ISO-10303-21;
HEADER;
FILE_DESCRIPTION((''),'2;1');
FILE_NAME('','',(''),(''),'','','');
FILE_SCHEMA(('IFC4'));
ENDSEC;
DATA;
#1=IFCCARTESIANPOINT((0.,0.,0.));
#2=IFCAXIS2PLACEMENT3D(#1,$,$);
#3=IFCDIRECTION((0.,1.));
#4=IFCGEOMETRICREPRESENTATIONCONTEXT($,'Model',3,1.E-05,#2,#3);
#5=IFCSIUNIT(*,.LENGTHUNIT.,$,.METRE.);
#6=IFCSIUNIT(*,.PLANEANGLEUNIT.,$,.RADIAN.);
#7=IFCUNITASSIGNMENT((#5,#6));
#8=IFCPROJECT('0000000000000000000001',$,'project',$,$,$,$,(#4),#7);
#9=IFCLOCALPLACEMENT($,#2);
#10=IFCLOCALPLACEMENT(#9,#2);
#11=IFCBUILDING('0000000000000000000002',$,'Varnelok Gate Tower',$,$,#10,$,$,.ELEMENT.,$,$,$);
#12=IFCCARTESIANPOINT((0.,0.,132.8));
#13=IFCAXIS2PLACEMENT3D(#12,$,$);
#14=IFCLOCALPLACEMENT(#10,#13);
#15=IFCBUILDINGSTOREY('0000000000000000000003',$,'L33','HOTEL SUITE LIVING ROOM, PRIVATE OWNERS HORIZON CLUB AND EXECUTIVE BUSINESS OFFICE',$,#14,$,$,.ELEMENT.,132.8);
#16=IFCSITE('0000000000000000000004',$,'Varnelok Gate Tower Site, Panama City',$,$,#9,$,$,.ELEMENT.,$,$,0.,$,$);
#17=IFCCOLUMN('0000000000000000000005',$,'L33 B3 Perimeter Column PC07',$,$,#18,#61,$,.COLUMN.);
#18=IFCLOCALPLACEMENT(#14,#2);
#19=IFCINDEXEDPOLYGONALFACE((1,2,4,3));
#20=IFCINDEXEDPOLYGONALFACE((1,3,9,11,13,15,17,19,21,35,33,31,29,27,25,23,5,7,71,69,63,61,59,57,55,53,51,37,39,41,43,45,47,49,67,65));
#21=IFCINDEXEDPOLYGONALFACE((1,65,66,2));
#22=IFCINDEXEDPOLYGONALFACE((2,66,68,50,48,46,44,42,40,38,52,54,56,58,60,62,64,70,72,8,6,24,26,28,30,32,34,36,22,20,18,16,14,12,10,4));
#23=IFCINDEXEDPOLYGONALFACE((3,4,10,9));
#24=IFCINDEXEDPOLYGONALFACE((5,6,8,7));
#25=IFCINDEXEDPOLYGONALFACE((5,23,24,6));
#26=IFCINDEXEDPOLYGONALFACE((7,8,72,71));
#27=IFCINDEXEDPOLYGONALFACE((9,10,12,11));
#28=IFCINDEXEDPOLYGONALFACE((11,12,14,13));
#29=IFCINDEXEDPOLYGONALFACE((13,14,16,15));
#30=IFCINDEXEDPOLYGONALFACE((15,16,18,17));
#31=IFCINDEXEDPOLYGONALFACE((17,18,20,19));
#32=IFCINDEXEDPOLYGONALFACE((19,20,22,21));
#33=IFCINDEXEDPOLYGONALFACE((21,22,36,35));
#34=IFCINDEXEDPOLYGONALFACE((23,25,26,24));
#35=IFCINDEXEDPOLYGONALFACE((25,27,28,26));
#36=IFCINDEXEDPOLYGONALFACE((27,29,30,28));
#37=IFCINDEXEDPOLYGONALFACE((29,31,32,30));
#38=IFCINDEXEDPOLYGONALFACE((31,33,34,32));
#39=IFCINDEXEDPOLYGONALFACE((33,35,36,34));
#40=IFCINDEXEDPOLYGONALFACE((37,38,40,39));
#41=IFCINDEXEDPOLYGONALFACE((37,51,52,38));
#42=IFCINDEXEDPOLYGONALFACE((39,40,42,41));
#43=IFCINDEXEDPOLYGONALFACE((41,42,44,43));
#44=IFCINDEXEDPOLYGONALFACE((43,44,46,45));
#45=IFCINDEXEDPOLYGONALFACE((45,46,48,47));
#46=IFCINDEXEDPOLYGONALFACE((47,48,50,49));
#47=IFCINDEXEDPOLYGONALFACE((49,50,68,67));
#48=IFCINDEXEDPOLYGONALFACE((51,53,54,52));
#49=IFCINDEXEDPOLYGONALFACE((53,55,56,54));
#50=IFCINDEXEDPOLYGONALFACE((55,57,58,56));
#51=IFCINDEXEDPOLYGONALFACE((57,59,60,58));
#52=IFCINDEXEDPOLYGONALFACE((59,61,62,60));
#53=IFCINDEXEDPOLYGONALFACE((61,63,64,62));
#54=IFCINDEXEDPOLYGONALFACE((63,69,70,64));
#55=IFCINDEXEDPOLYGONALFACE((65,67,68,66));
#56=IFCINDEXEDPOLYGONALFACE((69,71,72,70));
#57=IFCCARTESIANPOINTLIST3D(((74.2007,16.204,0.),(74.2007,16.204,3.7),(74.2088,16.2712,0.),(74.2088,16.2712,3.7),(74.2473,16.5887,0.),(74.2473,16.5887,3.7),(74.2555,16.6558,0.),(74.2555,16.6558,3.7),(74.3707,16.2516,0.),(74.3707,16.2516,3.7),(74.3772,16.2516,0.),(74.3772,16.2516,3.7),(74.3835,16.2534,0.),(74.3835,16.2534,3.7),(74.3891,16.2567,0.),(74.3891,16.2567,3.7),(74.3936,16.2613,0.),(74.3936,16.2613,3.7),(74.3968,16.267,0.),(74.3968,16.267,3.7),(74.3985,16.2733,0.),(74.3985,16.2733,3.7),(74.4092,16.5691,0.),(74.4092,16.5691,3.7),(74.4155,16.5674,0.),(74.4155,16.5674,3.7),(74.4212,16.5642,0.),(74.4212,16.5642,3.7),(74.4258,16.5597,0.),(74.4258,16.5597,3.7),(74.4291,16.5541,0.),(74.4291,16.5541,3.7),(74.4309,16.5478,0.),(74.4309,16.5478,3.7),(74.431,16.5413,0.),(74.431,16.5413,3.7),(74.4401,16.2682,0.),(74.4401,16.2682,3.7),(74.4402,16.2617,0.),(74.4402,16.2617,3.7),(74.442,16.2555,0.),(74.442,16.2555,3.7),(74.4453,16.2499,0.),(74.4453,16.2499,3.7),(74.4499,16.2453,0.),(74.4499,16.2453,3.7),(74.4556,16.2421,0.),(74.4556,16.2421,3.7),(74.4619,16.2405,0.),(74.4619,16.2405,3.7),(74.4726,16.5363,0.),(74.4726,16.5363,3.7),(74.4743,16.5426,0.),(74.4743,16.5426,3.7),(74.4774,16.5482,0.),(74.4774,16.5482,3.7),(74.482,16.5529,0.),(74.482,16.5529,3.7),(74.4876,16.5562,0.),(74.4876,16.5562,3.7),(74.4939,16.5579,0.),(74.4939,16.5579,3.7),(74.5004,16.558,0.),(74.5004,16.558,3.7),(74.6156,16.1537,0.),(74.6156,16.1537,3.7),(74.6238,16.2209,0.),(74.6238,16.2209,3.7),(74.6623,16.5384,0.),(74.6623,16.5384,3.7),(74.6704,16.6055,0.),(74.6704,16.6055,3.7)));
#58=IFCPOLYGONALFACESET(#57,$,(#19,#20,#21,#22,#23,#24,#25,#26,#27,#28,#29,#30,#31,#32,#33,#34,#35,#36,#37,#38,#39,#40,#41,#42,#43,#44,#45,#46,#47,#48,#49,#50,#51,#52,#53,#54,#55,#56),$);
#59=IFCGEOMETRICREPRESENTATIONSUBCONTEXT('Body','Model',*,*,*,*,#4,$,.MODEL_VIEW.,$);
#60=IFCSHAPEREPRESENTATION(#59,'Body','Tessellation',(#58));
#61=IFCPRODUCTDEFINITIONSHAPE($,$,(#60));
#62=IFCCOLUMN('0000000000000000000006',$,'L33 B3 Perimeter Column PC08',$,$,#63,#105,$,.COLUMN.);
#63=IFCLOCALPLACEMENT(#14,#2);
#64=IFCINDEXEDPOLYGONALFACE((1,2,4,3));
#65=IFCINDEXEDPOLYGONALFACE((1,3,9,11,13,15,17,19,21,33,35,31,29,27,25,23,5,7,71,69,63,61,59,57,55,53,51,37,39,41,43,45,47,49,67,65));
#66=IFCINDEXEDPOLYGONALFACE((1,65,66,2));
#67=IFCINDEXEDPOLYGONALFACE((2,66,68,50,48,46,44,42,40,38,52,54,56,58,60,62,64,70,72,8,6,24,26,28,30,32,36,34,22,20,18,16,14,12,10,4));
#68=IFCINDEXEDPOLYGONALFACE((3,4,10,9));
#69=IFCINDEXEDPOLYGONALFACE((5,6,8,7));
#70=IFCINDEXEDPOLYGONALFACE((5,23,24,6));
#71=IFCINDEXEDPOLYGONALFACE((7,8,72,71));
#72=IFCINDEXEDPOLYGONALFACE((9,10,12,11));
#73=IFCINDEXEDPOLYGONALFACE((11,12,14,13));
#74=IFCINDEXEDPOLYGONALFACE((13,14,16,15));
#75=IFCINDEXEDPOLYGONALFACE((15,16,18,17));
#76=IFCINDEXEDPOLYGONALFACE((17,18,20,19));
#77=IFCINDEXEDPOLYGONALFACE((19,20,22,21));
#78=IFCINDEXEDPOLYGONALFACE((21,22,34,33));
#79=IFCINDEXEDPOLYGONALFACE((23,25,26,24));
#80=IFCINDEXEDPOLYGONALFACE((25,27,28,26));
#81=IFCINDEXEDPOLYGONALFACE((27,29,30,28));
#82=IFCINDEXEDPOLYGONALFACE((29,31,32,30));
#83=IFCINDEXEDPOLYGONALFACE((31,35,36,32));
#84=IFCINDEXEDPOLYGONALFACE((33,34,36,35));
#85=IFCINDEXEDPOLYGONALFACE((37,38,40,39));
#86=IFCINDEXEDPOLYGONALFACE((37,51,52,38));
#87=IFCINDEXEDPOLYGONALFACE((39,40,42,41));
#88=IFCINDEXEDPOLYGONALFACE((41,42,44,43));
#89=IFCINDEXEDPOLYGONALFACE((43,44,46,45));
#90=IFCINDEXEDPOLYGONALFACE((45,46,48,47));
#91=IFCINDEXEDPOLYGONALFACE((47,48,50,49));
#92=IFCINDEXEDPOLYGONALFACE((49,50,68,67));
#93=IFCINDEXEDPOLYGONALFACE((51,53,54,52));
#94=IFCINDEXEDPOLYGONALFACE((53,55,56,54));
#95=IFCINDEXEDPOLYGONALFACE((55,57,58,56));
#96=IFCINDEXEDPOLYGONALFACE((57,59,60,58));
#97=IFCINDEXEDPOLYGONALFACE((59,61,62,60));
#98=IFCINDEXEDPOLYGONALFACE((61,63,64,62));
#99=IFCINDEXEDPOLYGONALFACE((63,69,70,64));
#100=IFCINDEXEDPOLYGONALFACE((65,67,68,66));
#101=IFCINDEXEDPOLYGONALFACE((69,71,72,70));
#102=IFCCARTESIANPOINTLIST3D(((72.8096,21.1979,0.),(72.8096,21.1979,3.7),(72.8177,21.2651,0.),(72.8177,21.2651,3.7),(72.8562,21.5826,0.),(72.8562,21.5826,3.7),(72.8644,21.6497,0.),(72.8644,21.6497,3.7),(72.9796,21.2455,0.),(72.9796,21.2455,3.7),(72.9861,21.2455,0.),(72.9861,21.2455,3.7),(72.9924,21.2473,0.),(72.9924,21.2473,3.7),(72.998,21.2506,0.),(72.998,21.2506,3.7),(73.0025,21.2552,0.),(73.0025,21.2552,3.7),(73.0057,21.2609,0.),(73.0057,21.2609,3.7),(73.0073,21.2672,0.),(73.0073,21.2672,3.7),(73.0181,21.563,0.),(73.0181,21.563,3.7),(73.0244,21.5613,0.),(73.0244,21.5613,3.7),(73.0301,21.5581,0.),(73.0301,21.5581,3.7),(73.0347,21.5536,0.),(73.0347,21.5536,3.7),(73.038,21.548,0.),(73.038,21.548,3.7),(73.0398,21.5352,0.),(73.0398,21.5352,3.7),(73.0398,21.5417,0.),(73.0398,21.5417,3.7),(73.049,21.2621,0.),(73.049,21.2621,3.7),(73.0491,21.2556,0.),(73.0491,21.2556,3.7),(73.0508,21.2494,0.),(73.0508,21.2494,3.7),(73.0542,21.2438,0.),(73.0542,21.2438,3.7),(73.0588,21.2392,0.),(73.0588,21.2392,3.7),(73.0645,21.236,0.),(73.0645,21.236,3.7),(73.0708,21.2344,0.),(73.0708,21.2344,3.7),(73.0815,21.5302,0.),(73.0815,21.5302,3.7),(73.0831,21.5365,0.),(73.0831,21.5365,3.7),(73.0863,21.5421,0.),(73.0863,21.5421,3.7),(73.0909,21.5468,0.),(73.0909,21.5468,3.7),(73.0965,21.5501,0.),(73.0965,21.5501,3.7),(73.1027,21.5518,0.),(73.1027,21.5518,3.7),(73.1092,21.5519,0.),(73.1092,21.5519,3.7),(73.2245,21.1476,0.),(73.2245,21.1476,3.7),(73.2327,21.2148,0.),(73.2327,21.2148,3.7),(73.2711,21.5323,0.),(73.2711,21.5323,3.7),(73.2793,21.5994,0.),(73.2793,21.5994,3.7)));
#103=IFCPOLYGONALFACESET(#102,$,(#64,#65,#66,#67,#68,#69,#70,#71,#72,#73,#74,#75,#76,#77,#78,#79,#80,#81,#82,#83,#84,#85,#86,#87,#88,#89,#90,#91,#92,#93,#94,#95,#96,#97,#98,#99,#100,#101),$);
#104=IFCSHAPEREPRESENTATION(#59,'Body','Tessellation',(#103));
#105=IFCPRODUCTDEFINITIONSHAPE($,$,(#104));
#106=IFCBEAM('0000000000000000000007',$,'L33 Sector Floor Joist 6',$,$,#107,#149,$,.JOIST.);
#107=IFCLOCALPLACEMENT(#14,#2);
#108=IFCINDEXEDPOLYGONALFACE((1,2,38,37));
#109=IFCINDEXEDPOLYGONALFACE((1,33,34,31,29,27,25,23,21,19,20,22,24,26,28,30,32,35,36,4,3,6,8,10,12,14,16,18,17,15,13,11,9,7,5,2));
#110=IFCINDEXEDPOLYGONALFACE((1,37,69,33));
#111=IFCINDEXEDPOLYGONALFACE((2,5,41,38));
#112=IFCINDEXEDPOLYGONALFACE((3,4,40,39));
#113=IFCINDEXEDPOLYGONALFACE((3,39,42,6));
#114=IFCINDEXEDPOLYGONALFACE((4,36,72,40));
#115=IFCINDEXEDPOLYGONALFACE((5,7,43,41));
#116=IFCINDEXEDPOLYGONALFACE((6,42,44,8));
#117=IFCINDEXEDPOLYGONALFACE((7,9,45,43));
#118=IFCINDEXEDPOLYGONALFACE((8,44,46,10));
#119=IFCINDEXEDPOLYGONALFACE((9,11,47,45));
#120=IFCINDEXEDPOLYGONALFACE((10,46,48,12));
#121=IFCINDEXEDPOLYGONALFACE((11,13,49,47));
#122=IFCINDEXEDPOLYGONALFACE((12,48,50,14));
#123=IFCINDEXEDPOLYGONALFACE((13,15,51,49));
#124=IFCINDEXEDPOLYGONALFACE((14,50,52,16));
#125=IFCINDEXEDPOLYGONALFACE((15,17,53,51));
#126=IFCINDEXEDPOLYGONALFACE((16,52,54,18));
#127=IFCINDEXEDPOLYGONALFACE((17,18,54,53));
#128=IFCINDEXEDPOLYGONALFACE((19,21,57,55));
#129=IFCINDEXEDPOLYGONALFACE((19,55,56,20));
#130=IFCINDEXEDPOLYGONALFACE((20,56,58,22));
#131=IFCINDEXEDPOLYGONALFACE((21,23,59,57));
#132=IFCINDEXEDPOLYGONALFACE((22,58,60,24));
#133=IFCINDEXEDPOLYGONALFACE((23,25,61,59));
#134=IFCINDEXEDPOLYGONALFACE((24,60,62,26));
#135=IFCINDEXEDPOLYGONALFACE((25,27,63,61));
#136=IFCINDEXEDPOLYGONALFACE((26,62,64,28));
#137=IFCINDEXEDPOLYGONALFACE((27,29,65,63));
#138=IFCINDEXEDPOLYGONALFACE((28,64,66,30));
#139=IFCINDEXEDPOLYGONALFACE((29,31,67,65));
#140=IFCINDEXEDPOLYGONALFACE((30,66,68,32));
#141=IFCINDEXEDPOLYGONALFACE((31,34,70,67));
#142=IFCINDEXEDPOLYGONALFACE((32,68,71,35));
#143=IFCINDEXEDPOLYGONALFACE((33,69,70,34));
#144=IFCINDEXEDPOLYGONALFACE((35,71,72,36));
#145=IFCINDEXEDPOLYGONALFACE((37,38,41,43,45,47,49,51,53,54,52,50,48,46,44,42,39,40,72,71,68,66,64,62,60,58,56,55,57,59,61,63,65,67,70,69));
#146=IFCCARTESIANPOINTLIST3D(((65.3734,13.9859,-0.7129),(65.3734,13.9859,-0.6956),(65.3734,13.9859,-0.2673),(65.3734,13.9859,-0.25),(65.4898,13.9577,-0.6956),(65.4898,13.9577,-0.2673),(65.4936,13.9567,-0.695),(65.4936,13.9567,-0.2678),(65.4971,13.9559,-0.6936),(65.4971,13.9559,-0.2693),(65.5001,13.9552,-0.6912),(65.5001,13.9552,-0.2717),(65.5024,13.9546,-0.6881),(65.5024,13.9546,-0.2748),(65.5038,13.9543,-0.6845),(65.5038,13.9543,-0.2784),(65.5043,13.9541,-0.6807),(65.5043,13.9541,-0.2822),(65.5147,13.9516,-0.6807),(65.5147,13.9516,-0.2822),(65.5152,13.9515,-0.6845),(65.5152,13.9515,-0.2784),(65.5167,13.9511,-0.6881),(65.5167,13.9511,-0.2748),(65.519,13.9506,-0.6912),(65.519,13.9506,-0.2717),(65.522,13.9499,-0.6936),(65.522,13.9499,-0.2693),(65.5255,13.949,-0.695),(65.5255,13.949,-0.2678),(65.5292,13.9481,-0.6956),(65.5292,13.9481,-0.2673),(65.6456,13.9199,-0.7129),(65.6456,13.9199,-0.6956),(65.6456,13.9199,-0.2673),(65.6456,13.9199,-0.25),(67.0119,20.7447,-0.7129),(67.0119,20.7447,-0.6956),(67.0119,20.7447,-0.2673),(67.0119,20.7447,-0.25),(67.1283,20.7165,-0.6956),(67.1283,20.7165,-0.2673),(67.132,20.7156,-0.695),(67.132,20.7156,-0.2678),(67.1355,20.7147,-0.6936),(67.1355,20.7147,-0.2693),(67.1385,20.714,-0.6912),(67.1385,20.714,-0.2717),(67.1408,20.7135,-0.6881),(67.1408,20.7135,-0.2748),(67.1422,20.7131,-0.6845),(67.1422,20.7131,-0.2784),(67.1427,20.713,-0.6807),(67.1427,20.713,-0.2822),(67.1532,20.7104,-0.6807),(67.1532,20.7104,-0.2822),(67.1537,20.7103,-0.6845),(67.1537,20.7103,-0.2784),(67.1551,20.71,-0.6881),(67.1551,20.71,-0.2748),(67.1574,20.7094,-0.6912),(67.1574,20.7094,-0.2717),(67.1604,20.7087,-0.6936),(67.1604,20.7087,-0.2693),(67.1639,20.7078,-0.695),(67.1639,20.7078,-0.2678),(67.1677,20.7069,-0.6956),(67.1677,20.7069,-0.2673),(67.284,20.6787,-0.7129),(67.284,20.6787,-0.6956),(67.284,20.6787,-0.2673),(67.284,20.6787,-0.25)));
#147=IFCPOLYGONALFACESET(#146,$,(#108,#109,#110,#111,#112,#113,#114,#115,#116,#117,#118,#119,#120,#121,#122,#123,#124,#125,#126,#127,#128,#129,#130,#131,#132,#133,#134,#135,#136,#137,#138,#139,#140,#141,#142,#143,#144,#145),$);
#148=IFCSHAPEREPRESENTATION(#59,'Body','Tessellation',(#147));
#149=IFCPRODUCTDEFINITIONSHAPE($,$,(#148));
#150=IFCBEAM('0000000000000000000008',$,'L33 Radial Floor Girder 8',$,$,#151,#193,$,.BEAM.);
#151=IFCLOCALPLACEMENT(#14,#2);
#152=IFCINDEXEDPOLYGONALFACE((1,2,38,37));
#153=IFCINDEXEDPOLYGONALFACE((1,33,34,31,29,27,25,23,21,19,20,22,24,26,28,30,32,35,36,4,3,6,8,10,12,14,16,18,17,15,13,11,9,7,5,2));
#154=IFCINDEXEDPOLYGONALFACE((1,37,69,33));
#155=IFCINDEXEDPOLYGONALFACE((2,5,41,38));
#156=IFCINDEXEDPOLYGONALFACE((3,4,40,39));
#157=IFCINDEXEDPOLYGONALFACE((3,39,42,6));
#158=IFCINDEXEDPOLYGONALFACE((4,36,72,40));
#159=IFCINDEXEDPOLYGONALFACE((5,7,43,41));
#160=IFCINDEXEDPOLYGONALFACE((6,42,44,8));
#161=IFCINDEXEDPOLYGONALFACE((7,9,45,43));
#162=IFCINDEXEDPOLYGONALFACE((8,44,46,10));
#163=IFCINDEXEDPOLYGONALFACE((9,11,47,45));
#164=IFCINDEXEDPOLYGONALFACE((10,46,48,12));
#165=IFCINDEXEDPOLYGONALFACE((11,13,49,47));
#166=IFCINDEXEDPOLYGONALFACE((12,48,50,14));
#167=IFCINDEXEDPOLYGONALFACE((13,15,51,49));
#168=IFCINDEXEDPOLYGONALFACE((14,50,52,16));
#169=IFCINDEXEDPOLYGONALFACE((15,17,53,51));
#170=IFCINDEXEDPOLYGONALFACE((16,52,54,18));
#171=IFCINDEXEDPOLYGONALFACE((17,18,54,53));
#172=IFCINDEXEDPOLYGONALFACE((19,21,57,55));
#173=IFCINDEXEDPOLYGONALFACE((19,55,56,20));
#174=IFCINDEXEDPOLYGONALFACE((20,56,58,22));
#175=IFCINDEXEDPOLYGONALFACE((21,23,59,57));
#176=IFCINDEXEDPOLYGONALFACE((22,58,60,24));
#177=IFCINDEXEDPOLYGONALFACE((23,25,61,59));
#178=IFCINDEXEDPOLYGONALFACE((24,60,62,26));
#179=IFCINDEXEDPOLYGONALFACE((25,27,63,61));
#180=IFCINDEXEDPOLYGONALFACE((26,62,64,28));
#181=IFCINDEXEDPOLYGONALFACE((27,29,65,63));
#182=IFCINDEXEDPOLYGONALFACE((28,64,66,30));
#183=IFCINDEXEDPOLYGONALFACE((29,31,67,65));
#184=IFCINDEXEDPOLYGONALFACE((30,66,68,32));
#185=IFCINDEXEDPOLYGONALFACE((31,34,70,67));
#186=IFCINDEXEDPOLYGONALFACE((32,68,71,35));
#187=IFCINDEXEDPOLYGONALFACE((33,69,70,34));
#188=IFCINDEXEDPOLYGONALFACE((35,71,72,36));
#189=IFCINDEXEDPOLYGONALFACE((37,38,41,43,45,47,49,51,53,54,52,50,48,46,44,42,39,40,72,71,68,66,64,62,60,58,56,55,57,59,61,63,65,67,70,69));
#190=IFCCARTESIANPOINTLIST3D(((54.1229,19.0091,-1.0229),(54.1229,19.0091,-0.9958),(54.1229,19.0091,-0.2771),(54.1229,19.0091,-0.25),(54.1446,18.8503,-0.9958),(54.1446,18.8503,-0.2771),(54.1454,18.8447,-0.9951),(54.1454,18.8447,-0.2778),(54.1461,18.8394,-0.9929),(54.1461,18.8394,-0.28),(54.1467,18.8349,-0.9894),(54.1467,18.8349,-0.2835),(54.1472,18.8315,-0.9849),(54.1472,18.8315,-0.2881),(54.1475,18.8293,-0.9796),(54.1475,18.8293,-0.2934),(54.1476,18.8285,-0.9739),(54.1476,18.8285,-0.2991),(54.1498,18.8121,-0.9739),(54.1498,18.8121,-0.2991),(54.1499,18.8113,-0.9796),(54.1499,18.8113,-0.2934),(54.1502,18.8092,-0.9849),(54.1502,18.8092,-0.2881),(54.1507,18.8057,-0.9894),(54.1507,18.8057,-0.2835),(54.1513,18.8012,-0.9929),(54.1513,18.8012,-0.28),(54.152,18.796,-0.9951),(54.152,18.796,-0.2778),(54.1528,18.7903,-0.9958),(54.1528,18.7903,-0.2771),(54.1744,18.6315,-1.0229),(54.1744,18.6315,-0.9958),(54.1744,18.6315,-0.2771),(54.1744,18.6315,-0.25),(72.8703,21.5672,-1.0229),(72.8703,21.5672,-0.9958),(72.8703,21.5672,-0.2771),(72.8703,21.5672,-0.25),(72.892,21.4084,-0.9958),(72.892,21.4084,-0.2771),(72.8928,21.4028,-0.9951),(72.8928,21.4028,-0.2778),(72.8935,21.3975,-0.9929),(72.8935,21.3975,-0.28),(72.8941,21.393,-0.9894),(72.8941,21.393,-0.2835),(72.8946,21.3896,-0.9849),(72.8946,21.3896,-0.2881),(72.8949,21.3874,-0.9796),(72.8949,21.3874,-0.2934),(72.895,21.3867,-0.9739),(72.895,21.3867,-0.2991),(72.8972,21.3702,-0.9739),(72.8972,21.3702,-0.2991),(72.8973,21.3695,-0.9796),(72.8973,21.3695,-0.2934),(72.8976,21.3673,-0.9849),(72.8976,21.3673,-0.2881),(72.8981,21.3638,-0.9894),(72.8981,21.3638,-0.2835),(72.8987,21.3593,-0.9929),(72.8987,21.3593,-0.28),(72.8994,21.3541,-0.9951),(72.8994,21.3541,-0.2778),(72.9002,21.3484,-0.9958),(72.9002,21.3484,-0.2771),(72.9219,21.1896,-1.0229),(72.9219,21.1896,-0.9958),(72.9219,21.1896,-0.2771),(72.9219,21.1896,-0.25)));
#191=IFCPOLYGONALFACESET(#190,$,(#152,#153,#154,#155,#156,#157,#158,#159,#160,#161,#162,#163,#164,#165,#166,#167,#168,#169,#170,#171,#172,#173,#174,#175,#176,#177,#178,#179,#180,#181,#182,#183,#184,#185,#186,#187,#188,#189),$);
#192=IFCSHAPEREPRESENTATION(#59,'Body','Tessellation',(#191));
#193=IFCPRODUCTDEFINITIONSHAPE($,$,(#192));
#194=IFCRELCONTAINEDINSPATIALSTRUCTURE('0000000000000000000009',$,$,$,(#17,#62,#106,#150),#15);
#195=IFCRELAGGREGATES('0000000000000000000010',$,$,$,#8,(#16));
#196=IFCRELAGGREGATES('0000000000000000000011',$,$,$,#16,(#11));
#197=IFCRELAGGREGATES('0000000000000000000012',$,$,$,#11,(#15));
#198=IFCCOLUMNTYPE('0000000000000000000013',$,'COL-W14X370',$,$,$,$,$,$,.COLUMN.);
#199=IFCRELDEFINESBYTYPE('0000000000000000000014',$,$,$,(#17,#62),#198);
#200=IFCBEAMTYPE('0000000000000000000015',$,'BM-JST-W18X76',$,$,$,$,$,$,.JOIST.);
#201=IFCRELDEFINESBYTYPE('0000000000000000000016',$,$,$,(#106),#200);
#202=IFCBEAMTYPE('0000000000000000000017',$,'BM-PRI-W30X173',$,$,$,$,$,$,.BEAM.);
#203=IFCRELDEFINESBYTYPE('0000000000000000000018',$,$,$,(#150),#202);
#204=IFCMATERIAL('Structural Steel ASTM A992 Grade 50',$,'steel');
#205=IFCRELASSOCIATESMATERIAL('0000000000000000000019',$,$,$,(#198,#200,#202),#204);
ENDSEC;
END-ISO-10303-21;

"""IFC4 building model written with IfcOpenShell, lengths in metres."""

from ifc_helpers import new_model, si_unit, direction, frame, origin, origin_2d, place, context, subcontext, project, spatial, i_section, extrude, material, material_profile, profile_set, type_object, element, save


model = new_model("IFC4")

# Units and contexts
model_context = context("Model", 3, precision=1e-05, world=origin(), true_north=direction((0.0, 1.0)))
body_context = subcontext(model_context, "Body", "Model", "MODEL_VIEW")
ifc_project = project(units=[si_unit("LENGTHUNIT", "METRE"), si_unit("PLANEANGLEUNIT", "RADIAN")], contexts=[model_context])

# Site, building, storey
site_placement = place(None, origin())
site = spatial("IfcSite", under=ifc_project, at=site_placement, Name="Varnelok Gate Tower Site, Panama City", CompositionType="ELEMENT", RefElevation=0.0)
building_placement = place(site_placement, origin())
building = spatial("IfcBuilding", under=site, at=building_placement, Name="Varnelok Gate Tower", CompositionType="ELEMENT")
storey_placement = place(building_placement, frame((0.0, 0.0, 132.8)))
storey = spatial("IfcBuildingStorey", under=building, at=storey_placement, Name="L33", Description="HOTEL SUITE LIVING ROOM, PRIVATE OWNERS HORIZON CLUB AND EXECUTIVE BUSINESS OFFICE", CompositionType="ELEMENT", Elevation=132.8)

# Columns
ifc_material_1 = material(Name="Structural Steel ASTM A992 Grade 50", Category="steel")
ifc_material_profile_1 = material_profile(ifc_material_1, i_section(OverallWidth=0.418, OverallDepth=0.4551, WebThickness=0.042, FlangeThickness=0.0676, FilletRadius=0.0249, at=origin_2d()), Name="W14X370")
ifc_profile_set_1 = profile_set([ifc_material_profile_1], Name="Structural Steel ASTM A992 Grade 50")
column_type = type_object("IfcColumnType", Name="COL-W14X370", PredefinedType="COLUMN", material=ifc_profile_set_1)
for number, where, z_axis, x_axis, name in (
    (1, (74.4355, 16.4048, 0.0), (0.0, 0.0, 1.0), (0.992732, -0.120345, 0.0), "L33 B3 Perimeter Column PC07"),
    (2, (73.0444, 21.3987, 0.0), (0.0, 0.0, 1.0), (0.992732, -0.120345, 0.0), "L33 B3 Perimeter Column PC08"),
):
    element("IfcColumn", number, at=place(storey_placement, frame(where, z_axis=z_axis, x_axis=x_axis)), inside=storey, type_object=column_type, Name=name, PredefinedType="COLUMN", context=body_context, shape_type="SweptSolid", body=[
        extrude(i_section(OverallWidth=0.418, OverallDepth=0.4551, WebThickness=0.042, FlangeThickness=0.0676, FilletRadius=0.0249, at=origin_2d()), origin(), (0.0, 0.0, 1.0), 3.7),
    ])

# Beams
ifc_material_profile_2 = material_profile(ifc_material_1, i_section(OverallWidth=0.28, OverallDepth=0.4629, WebThickness=0.0107, FlangeThickness=0.0173, FilletRadius=0.0149, at=origin_2d()), Name="W18X76")
ifc_profile_set_2 = profile_set([ifc_material_profile_2], Name="Structural Steel ASTM A992 Grade 50")
beam_type_1 = type_object("IfcBeamType", Name="BM-JST-W18X76", PredefinedType="JOIST", material=ifc_profile_set_2)
beam_1_placement = place(storey_placement, frame((65.5095, 13.9529, -0.4814), z_axis=(0.235591, 0.971852, 0.0), x_axis=(-0.971852, 0.235591, 0.0)))
element("IfcBeam", 3, at=beam_1_placement, inside=storey, type_object=beam_type_1, Name="L33 Sector Floor Joist 6", PredefinedType="JOIST", context=body_context, shape_type="SweptSolid", body=[
    extrude(i_section(OverallWidth=0.28, OverallDepth=0.4629, WebThickness=0.0107, FlangeThickness=0.0173, FilletRadius=0.0149, at=origin_2d()), origin(), (0.0, 0.0, 1.0), 6.9546),
])
ifc_material_profile_3 = material_profile(ifc_material_1, i_section(OverallWidth=0.3811, OverallDepth=0.7729, WebThickness=0.0166, FlangeThickness=0.0271, FilletRadius=0.022, at=origin_2d()), Name="W30X173")
ifc_profile_set_3 = profile_set([ifc_material_profile_3], Name="Structural Steel ASTM A992 Grade 50")
beam_type_2 = type_object("IfcBeamType", Name="BM-PRI-W30X173", PredefinedType="BEAM", material=ifc_profile_set_3)
beam_2_placement = place(storey_placement, frame((54.1487, 18.8203, -0.6365), z_axis=(0.990818, 0.135199, 0.0), x_axis=(-0.135199, 0.990818, 0.0)))
element("IfcBeam", 4, at=beam_2_placement, inside=storey, type_object=beam_type_2, Name="L33 Radial Floor Girder 8", PredefinedType="BEAM", context=body_context, shape_type="SweptSolid", body=[
    extrude(i_section(OverallWidth=0.3811, OverallDepth=0.7729, WebThickness=0.0166, FlangeThickness=0.0271, FilletRadius=0.022, at=origin_2d()), origin(), (0.0, 0.0, 1.0), 18.9211),
])

save(model, "model.ifc")
